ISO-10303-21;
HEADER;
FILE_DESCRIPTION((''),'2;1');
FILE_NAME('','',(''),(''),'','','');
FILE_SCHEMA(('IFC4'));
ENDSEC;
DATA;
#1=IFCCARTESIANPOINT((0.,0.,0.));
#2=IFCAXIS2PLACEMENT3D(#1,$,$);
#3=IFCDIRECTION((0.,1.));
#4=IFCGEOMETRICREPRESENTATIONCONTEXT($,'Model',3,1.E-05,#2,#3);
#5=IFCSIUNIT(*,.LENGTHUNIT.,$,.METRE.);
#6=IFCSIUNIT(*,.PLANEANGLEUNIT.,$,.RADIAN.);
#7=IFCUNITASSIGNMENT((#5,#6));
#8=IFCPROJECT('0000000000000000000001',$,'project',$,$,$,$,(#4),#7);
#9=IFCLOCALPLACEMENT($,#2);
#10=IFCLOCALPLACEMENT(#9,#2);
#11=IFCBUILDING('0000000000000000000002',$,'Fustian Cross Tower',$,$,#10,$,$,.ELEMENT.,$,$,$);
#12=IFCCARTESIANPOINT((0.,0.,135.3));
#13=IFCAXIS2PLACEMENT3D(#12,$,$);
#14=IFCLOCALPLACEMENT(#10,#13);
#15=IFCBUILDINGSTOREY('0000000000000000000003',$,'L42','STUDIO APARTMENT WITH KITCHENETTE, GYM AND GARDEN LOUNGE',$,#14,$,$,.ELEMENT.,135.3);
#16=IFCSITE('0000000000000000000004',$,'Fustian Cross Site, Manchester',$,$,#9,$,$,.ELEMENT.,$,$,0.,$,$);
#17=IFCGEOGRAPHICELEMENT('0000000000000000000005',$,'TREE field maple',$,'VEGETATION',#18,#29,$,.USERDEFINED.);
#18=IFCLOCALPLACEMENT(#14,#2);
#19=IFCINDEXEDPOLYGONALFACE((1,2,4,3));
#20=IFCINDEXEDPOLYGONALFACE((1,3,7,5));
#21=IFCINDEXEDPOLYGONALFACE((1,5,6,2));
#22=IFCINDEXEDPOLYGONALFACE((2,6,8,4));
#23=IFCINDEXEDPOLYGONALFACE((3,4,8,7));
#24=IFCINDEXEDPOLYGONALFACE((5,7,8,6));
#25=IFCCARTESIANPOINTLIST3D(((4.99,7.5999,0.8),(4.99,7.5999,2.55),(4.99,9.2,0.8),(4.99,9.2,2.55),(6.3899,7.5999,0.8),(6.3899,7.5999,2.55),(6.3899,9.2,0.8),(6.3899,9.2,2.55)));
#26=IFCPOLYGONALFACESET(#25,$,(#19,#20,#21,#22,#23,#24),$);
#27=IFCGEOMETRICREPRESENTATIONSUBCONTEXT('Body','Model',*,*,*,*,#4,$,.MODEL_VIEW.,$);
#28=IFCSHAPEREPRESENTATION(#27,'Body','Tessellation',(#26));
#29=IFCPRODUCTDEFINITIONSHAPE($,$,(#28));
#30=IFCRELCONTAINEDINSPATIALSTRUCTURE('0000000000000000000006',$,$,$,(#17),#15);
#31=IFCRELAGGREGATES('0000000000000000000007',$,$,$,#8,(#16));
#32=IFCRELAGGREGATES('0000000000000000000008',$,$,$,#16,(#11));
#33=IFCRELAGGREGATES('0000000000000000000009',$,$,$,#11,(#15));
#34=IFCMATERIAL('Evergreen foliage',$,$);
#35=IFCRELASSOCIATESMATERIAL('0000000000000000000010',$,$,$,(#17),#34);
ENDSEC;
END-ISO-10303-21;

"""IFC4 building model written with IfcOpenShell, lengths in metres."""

from ifc_helpers import new_model, si_unit, direction, frame, origin, origin_2d, place, context, subcontext, project, spatial, rectangle, extrude, material, element, save


model = new_model("IFC4")

# Units and contexts
model_context = context("Model", 3, precision=1e-05, world=origin(), true_north=direction((0.0, 1.0)))
body_context = subcontext(model_context, "Body", "Model", "MODEL_VIEW")
ifc_project = project(units=[si_unit("LENGTHUNIT", "METRE"), si_unit("PLANEANGLEUNIT", "RADIAN")], contexts=[model_context])

# Site, building, storey
site_placement = place(None, origin())
site = spatial("IfcSite", under=ifc_project, at=site_placement, Name="Fustian Cross Site, Manchester", CompositionType="ELEMENT", RefElevation=0.0)
building_placement = place(site_placement, origin())
building = spatial("IfcBuilding", under=site, at=building_placement, Name="Fustian Cross Tower", CompositionType="ELEMENT")
storey_placement = place(building_placement, frame((0.0, 0.0, 135.3)))
storey = spatial("IfcBuildingStorey", under=building, at=storey_placement, Name="L42", Description="STUDIO APARTMENT WITH KITCHENETTE, GYM AND GARDEN LOUNGE", CompositionType="ELEMENT", Elevation=135.3)

# Geographic element
ifc_material_1 = material(Name="Evergreen foliage")
geographic_element_placement = place(storey_placement, frame((5.6899, 8.3999, 0.8), z_axis=(0.0, 0.0, 1.0), x_axis=(1.0, 0.0, 0.0)))
element("IfcGeographicElement", 1, at=geographic_element_placement, inside=storey, material=ifc_material_1, Name="TREE field maple", ObjectType="VEGETATION", PredefinedType="USERDEFINED", context=body_context, shape_type="SweptSolid", body=[
    extrude(rectangle(XDim=1.3999, YDim=1.6001, at=origin_2d()), origin(), (0.0, 0.0, 1.0), 1.75),
])

save(model, "model.ifc")
